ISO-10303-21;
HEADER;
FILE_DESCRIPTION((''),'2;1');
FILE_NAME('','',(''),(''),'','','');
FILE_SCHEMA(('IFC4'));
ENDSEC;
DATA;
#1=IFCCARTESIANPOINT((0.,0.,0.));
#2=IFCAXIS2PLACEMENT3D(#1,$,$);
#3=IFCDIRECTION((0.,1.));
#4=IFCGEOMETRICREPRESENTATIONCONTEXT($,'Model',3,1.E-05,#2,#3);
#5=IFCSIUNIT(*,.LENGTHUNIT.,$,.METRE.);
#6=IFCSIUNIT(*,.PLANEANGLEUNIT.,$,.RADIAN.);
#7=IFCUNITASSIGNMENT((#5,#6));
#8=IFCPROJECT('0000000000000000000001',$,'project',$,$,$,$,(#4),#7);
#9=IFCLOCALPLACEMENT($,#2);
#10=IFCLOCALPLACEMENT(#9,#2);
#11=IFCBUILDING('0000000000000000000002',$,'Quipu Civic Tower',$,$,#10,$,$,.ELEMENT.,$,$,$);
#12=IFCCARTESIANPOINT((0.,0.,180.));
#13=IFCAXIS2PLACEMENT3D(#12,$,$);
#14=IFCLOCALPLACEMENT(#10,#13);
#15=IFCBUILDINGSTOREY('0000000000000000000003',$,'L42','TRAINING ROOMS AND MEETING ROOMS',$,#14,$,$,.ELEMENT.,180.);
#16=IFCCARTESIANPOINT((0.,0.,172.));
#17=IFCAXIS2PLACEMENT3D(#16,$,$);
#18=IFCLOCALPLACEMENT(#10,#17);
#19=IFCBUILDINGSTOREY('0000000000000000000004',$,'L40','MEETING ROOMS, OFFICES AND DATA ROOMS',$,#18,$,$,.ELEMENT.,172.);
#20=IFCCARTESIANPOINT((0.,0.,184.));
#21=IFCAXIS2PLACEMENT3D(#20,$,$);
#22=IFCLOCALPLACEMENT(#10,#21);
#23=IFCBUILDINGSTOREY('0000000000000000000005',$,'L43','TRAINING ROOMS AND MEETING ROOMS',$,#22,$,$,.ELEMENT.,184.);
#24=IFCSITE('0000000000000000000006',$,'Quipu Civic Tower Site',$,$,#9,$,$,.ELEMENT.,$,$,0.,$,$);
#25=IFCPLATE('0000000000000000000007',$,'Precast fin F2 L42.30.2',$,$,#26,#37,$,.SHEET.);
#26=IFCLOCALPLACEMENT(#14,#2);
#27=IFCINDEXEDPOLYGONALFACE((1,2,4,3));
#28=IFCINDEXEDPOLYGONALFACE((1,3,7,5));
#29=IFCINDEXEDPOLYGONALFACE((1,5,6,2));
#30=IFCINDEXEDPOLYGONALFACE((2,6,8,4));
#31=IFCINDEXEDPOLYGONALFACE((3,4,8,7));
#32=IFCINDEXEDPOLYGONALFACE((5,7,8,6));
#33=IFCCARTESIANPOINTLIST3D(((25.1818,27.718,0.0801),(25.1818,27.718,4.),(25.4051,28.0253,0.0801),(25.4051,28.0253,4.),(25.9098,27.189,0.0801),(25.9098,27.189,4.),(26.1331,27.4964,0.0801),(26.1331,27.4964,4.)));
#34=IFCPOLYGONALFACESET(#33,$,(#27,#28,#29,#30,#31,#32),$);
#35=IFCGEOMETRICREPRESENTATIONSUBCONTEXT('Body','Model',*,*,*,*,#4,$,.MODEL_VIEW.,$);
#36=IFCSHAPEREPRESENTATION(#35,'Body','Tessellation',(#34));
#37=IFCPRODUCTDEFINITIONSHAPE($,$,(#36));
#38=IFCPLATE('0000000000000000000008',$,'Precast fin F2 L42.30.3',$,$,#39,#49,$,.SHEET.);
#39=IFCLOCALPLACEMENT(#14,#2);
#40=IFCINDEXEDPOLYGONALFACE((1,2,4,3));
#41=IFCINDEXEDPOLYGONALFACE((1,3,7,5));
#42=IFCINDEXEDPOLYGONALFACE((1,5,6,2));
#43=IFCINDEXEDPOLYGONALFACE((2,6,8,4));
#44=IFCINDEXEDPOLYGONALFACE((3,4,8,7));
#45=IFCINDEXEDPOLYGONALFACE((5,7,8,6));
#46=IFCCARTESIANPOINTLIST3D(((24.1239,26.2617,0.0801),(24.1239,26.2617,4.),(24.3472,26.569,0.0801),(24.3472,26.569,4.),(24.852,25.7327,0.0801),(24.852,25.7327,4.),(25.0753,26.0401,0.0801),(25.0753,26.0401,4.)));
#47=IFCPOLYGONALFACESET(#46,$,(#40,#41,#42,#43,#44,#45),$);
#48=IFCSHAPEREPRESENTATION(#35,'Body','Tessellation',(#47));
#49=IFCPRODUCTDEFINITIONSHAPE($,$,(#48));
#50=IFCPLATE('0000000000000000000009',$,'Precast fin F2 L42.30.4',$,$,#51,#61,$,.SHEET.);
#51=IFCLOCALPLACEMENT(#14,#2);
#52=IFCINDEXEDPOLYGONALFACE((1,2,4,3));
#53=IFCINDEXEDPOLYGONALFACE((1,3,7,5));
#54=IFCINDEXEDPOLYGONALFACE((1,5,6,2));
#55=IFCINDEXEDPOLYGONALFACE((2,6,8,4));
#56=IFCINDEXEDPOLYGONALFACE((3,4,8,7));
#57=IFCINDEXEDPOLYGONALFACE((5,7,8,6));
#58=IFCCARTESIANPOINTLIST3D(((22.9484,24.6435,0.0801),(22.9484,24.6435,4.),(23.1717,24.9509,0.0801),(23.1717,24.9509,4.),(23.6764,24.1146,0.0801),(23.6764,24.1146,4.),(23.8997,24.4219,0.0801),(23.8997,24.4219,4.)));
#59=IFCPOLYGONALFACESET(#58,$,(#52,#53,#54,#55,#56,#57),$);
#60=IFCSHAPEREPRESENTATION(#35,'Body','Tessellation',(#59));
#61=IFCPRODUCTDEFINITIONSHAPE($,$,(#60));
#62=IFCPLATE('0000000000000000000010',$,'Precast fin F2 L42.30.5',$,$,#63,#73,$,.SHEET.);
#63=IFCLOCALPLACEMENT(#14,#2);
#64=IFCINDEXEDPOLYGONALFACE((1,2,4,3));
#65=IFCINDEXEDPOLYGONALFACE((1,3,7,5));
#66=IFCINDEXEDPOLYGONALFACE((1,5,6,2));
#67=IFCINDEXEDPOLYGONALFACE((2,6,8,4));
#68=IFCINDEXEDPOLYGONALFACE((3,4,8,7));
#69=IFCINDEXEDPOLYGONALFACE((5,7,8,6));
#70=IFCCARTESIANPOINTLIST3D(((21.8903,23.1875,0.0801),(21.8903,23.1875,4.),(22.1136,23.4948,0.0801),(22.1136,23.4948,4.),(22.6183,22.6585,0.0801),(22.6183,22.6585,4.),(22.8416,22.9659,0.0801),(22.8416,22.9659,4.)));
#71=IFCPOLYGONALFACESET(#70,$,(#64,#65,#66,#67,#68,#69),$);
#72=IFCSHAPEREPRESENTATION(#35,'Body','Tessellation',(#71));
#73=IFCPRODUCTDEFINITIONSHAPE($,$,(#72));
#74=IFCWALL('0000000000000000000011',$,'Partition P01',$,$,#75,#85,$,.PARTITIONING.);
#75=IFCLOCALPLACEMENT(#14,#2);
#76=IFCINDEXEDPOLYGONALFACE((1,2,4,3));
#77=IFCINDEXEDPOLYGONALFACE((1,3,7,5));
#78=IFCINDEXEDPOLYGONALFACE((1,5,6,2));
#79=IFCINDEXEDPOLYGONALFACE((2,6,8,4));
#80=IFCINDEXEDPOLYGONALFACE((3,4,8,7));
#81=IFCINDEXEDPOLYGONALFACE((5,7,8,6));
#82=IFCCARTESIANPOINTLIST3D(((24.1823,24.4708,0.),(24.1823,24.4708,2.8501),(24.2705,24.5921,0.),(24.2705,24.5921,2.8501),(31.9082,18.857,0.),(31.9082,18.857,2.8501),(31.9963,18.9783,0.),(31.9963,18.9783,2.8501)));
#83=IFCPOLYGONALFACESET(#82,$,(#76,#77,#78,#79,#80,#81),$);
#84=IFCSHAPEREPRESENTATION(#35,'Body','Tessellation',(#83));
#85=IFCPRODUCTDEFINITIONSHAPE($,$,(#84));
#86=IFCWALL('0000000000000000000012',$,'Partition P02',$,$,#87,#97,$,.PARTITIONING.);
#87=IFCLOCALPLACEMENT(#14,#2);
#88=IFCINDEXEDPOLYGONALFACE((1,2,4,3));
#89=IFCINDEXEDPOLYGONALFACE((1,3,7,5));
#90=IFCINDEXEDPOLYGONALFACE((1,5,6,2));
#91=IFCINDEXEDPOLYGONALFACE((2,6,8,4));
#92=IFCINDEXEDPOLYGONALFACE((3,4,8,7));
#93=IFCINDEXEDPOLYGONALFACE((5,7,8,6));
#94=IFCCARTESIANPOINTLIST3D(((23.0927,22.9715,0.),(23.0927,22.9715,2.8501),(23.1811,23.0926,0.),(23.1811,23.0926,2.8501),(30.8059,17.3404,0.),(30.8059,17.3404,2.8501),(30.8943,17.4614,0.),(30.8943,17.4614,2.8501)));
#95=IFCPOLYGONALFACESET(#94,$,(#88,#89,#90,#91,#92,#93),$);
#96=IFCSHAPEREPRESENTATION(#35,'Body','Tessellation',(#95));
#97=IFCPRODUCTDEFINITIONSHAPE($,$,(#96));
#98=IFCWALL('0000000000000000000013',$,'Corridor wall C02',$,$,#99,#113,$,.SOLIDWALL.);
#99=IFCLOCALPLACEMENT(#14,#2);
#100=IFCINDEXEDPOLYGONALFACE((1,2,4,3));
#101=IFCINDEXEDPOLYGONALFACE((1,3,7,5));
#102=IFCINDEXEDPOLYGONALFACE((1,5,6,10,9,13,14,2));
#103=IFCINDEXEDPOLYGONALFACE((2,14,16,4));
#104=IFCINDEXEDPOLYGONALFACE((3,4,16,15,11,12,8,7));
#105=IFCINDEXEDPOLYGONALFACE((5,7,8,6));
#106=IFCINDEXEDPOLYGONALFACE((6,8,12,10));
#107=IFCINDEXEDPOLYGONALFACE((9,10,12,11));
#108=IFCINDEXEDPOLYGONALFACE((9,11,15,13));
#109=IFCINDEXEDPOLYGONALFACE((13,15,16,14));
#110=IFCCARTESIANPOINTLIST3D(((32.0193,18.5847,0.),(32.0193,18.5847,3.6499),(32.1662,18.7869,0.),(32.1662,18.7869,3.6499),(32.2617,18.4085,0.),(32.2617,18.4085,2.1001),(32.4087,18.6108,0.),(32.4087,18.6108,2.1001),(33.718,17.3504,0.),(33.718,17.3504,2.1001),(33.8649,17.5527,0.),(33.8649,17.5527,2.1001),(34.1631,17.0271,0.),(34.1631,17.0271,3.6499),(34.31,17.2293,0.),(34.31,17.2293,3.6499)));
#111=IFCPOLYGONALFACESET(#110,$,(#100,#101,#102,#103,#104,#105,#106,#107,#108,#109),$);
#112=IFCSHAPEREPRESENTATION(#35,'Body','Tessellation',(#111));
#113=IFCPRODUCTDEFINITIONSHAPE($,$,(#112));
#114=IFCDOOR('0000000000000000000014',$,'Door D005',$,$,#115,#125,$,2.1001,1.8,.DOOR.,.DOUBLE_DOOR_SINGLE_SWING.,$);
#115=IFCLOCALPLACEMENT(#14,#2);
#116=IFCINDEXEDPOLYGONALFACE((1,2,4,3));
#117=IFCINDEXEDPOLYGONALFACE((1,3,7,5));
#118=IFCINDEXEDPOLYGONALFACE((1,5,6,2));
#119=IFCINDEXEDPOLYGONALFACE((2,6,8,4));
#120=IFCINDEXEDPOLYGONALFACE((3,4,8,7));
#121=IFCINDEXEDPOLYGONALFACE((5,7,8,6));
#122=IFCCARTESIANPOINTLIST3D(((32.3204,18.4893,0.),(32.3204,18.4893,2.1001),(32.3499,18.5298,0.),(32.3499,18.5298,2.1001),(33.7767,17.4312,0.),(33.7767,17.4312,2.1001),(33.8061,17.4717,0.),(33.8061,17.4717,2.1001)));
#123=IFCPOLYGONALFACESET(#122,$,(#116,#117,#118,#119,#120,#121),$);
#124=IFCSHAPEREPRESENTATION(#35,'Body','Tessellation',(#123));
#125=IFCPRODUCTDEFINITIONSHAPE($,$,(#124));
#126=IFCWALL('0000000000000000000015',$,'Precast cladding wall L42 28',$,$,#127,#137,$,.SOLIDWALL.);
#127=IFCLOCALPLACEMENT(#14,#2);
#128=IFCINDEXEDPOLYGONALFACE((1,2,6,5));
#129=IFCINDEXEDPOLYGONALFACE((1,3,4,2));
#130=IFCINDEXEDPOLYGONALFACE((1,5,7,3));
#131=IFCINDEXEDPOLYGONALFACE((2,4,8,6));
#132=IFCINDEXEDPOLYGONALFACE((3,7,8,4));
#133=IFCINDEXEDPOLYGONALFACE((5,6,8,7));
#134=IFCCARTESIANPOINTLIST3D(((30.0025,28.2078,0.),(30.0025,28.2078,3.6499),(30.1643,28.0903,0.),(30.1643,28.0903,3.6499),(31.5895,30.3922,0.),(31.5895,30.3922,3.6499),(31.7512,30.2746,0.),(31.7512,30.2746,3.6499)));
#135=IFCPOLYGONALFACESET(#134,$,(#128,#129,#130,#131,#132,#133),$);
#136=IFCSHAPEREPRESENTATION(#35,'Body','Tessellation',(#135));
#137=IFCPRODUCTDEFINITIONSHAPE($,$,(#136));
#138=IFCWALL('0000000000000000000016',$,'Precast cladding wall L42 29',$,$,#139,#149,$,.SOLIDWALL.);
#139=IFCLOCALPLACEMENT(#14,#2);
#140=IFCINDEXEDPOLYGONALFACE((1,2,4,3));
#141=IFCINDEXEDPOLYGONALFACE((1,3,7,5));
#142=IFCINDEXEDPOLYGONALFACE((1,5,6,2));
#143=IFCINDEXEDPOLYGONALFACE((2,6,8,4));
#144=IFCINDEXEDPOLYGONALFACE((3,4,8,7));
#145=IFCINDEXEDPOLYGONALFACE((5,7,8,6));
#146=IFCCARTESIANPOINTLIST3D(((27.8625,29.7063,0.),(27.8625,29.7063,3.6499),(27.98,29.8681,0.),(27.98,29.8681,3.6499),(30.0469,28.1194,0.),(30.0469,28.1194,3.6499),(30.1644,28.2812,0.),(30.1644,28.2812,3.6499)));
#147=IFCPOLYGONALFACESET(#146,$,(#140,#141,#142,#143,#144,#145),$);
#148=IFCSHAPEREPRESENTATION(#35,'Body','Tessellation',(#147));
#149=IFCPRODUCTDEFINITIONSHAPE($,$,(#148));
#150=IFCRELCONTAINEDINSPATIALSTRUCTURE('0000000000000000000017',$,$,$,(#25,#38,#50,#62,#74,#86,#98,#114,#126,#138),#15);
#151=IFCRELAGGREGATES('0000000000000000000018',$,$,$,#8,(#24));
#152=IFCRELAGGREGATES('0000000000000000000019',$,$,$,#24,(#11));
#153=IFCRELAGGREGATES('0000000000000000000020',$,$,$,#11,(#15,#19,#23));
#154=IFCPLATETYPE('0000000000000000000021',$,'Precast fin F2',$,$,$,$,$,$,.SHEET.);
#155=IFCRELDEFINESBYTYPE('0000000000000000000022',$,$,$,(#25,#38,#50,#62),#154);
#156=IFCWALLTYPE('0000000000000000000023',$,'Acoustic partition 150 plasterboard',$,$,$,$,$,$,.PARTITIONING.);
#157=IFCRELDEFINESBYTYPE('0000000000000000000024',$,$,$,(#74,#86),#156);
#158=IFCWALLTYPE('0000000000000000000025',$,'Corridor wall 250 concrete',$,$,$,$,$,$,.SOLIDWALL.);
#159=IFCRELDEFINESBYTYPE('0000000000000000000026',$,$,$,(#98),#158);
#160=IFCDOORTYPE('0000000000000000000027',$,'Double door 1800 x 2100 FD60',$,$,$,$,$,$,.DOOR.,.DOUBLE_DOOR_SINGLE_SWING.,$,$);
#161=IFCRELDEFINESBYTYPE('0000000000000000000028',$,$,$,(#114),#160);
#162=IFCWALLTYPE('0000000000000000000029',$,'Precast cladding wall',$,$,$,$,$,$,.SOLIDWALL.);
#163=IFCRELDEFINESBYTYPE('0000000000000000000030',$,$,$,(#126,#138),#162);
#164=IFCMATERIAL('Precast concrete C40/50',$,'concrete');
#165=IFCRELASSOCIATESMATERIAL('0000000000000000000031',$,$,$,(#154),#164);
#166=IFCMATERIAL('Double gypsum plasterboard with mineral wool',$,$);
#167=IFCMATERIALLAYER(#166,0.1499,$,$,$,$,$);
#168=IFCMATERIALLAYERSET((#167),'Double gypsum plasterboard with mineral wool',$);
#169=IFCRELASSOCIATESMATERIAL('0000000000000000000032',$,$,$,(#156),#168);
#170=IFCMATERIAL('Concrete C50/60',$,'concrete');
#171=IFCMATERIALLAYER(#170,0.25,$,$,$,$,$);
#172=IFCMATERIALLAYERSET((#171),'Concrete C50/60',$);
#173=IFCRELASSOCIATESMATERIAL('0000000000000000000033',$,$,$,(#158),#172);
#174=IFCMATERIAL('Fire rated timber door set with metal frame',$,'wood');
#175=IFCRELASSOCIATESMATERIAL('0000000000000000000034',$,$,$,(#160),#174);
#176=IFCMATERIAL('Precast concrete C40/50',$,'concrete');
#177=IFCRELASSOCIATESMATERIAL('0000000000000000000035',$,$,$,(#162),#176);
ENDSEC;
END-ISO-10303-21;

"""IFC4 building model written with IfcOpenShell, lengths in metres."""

from ifc_helpers import new_model, si_unit, direction, frame, frame_2d, origin, origin_2d, place, context, subcontext, project, spatial, rectangle, extrude, material, layer, layer_set, type_object, element, fill, save


model = new_model("IFC4")

# Units and contexts
model_context = context("Model", 3, precision=1e-05, world=origin(), true_north=direction((0.0, 1.0)))
body_context = subcontext(model_context, "Body", "Model", "MODEL_VIEW")
ifc_project = project(units=[si_unit("LENGTHUNIT", "METRE"), si_unit("PLANEANGLEUNIT", "RADIAN")], contexts=[model_context])

# Site, building, storey
site_placement = place(None, origin())
site = spatial("IfcSite", under=ifc_project, at=site_placement, Name="Quipu Civic Tower Site", CompositionType="ELEMENT", RefElevation=0.0)
building_placement = place(site_placement, origin())
building = spatial("IfcBuilding", under=site, at=building_placement, Name="Quipu Civic Tower", CompositionType="ELEMENT")
storey_1_placement = place(building_placement, frame((0.0, 0.0, 180.0)))
storey_1 = spatial("IfcBuildingStorey", under=building, at=storey_1_placement, Name="L42", Description="TRAINING ROOMS AND MEETING ROOMS", CompositionType="ELEMENT", Elevation=180.0)

# Shared definitions
storey_2_placement = place(building_placement, frame((0.0, 0.0, 172.0)))
storey_2 = spatial("IfcBuildingStorey", under=building, at=storey_2_placement, Name="L40", Description="MEETING ROOMS, OFFICES AND DATA ROOMS", CompositionType="ELEMENT", Elevation=172.0)

# Shared definitions
storey_3_placement = place(building_placement, frame((0.0, 0.0, 184.0)))
storey_3 = spatial("IfcBuildingStorey", under=building, at=storey_3_placement, Name="L43", Description="TRAINING ROOMS AND MEETING ROOMS", CompositionType="ELEMENT", Elevation=184.0)

# Plates
ifc_material_1 = material(Name="Precast concrete C40/50", Category="concrete")
plate_type_1 = type_object("IfcPlateType", Name="Precast fin F2", PredefinedType="SHEET", material=ifc_material_1)
for number, where, z_axis, x_axis, name in (
    (1, (25.6575, 27.6072, 0.0801), (0.0, 0.0, 1.0), (-0.587787, -0.809016, 0.0), "Precast fin F2 L42.30.2"),
    (2, (24.5996, 26.1509, 0.0801), (0.0, 0.0, 1.0), (-0.587787, -0.809016, 0.0), "Precast fin F2 L42.30.3"),
    (3, (23.4241, 24.5327, 0.0801), (0.0, 0.0, 1.0), (-0.587787, -0.809016, 0.0), "Precast fin F2 L42.30.4"),
    (4, (22.366, 23.0767, 0.0801), (0.0, 0.0, 1.0), (-0.587787, -0.809016, 0.0), "Precast fin F2 L42.30.5"),
):
    element("IfcPlate", number, at=place(storey_1_placement, frame(where, z_axis=z_axis, x_axis=x_axis)), inside=storey_1, type_object=plate_type_1, Name=name, PredefinedType="SHEET", context=body_context, shape_type="SweptSolid", body=[
        extrude(rectangle(XDim=0.3799, YDim=0.8999, at=origin_2d()), origin(), (0.0, 0.0, 1.0), 3.9199),
    ])

# Walls
ifc_material_2 = material(Name="Double gypsum plasterboard with mineral wool")
ifc_layer_1 = layer(ifc_material_2, 0.1499)
ifc_layer_set_1 = layer_set([ifc_layer_1], Name="Double gypsum plasterboard with mineral wool")
wall_type_1 = type_object("IfcWallType", Name="Acoustic partition 150 plasterboard", PredefinedType="PARTITIONING", material=ifc_layer_set_1)
for number, where, z_axis, x_axis, name in (
    (5, (31.9521, 18.9177, 0.0), (0.0, 0.0, 1.0), (-0.808986, 0.587828, 0.0), "Partition P01"),
    (6, (23.137, 23.032, 0.0), (0.0, 0.0, 1.0), (0.807661, -0.589647, 0.0), "Partition P02"),
):
    element("IfcWall", number, at=place(storey_1_placement, frame(where, z_axis=z_axis, x_axis=x_axis)), inside=storey_1, type_object=wall_type_1, Name=name, PredefinedType="PARTITIONING", context=body_context, shape_type="SweptSolid", body=[
        extrude(rectangle(XDim=9.55, YDim=0.1499, at=frame_2d((4.7749, 0.0))), origin(), (0.0, 0.0, 1.0), 2.8501),
    ])

# Wall, opening, door
ifc_material_3 = material(Name="Concrete C50/60", Category="concrete")
ifc_layer_2 = layer(ifc_material_3, 0.25)
ifc_layer_set_2 = layer_set([ifc_layer_2], Name="Concrete C50/60")
wall_type_2 = type_object("IfcWallType", Name="Corridor wall 250 concrete", PredefinedType="SOLIDWALL", material=ifc_layer_set_2)
wall_placement = place(storey_1_placement, frame((32.0928, 18.6858, 0.0), z_axis=(0.0, 0.0, 1.0), x_axis=(0.809007, -0.587799, 0.0)))
wall = element("IfcWall", 7, at=wall_placement, inside=storey_1, type_object=wall_type_2, Name="Corridor wall C02", PredefinedType="SOLIDWALL", context=body_context, shape_type="SweptSolid", body=[
    extrude(rectangle(XDim=2.6499, YDim=0.25, at=frame_2d((1.325, 0.0))), origin(), (0.0, 0.0, 1.0), 3.6499),
])
opening_placement = place(wall_placement, frame((0.2998, 0.0, 0.0)))
opening = element("IfcOpeningElement", 8, at=opening_placement, cuts=wall, PredefinedType="OPENING", context=body_context, shape_type="SweptSolid", body=[
    extrude(rectangle(XDim=1.8, YDim=2.1001, at=frame_2d((0.8999, 1.05))), frame((0.0, 0.135, 0.0), z_axis=(0.0, -1.0, 0.0), x_axis=(1.0, 0.0, 0.0)), (0.0, 0.0, 1.0), 0.27),
])
ifc_material_4 = material(Name="Fire rated timber door set with metal frame", Category="wood")
door_type = type_object("IfcDoorType", Name="Double door 1800 x 2100 FD60", OperationType="DOUBLE_DOOR_SINGLE_SWING", PredefinedType="DOOR", material=ifc_material_4)
door_placement = place(opening_placement, origin())
door = element("IfcDoor", 9, at=door_placement, inside=storey_1, type_object=door_type, Name="Door D005", OperationType="DOUBLE_DOOR_SINGLE_SWING", OverallHeight=2.1001, OverallWidth=1.8, PredefinedType="DOOR", context=body_context, shape_type="SweptSolid", body=[
    extrude(rectangle(XDim=1.8, YDim=2.1001, at=frame_2d((0.8999, 1.05))), frame((0.0, 0.0249, 0.0), z_axis=(0.0, -1.0, 0.0), x_axis=(1.0, 0.0, 0.0)), (0.0, 0.0, 1.0), 0.05),
])
fill(opening, door)

# Walls
ifc_material_5 = material(Name="Precast concrete C40/50", Category="concrete")
wall_type_3 = type_object("IfcWallType", Name="Precast cladding wall", PredefinedType="SOLIDWALL", material=ifc_material_5)
for number, where, z_axis, x_axis, name in (
    (10, (31.6704, 30.3335, 0.0), (0.0, 0.0, 1.0), (-0.587763, -0.809033, 0.0), "Precast cladding wall L42 28"),
    (11, (30.1057, 28.2002, 0.0), (0.0, 0.0, 1.0), (-0.809033, 0.587763, 0.0), "Precast cladding wall L42 29"),
):
    element("IfcWall", number, at=place(storey_1_placement, frame(where, z_axis=z_axis, x_axis=x_axis)), inside=storey_1, type_object=wall_type_3, Name=name, PredefinedType="SOLIDWALL", context=body_context, shape_type="SweptSolid", body=[
        extrude(rectangle(XDim=2.7, YDim=0.2, at=frame_2d((1.3501, 0.0))), origin(), (0.0, 0.0, 1.0), 3.6499),
    ])

save(model, "model.ifc")
